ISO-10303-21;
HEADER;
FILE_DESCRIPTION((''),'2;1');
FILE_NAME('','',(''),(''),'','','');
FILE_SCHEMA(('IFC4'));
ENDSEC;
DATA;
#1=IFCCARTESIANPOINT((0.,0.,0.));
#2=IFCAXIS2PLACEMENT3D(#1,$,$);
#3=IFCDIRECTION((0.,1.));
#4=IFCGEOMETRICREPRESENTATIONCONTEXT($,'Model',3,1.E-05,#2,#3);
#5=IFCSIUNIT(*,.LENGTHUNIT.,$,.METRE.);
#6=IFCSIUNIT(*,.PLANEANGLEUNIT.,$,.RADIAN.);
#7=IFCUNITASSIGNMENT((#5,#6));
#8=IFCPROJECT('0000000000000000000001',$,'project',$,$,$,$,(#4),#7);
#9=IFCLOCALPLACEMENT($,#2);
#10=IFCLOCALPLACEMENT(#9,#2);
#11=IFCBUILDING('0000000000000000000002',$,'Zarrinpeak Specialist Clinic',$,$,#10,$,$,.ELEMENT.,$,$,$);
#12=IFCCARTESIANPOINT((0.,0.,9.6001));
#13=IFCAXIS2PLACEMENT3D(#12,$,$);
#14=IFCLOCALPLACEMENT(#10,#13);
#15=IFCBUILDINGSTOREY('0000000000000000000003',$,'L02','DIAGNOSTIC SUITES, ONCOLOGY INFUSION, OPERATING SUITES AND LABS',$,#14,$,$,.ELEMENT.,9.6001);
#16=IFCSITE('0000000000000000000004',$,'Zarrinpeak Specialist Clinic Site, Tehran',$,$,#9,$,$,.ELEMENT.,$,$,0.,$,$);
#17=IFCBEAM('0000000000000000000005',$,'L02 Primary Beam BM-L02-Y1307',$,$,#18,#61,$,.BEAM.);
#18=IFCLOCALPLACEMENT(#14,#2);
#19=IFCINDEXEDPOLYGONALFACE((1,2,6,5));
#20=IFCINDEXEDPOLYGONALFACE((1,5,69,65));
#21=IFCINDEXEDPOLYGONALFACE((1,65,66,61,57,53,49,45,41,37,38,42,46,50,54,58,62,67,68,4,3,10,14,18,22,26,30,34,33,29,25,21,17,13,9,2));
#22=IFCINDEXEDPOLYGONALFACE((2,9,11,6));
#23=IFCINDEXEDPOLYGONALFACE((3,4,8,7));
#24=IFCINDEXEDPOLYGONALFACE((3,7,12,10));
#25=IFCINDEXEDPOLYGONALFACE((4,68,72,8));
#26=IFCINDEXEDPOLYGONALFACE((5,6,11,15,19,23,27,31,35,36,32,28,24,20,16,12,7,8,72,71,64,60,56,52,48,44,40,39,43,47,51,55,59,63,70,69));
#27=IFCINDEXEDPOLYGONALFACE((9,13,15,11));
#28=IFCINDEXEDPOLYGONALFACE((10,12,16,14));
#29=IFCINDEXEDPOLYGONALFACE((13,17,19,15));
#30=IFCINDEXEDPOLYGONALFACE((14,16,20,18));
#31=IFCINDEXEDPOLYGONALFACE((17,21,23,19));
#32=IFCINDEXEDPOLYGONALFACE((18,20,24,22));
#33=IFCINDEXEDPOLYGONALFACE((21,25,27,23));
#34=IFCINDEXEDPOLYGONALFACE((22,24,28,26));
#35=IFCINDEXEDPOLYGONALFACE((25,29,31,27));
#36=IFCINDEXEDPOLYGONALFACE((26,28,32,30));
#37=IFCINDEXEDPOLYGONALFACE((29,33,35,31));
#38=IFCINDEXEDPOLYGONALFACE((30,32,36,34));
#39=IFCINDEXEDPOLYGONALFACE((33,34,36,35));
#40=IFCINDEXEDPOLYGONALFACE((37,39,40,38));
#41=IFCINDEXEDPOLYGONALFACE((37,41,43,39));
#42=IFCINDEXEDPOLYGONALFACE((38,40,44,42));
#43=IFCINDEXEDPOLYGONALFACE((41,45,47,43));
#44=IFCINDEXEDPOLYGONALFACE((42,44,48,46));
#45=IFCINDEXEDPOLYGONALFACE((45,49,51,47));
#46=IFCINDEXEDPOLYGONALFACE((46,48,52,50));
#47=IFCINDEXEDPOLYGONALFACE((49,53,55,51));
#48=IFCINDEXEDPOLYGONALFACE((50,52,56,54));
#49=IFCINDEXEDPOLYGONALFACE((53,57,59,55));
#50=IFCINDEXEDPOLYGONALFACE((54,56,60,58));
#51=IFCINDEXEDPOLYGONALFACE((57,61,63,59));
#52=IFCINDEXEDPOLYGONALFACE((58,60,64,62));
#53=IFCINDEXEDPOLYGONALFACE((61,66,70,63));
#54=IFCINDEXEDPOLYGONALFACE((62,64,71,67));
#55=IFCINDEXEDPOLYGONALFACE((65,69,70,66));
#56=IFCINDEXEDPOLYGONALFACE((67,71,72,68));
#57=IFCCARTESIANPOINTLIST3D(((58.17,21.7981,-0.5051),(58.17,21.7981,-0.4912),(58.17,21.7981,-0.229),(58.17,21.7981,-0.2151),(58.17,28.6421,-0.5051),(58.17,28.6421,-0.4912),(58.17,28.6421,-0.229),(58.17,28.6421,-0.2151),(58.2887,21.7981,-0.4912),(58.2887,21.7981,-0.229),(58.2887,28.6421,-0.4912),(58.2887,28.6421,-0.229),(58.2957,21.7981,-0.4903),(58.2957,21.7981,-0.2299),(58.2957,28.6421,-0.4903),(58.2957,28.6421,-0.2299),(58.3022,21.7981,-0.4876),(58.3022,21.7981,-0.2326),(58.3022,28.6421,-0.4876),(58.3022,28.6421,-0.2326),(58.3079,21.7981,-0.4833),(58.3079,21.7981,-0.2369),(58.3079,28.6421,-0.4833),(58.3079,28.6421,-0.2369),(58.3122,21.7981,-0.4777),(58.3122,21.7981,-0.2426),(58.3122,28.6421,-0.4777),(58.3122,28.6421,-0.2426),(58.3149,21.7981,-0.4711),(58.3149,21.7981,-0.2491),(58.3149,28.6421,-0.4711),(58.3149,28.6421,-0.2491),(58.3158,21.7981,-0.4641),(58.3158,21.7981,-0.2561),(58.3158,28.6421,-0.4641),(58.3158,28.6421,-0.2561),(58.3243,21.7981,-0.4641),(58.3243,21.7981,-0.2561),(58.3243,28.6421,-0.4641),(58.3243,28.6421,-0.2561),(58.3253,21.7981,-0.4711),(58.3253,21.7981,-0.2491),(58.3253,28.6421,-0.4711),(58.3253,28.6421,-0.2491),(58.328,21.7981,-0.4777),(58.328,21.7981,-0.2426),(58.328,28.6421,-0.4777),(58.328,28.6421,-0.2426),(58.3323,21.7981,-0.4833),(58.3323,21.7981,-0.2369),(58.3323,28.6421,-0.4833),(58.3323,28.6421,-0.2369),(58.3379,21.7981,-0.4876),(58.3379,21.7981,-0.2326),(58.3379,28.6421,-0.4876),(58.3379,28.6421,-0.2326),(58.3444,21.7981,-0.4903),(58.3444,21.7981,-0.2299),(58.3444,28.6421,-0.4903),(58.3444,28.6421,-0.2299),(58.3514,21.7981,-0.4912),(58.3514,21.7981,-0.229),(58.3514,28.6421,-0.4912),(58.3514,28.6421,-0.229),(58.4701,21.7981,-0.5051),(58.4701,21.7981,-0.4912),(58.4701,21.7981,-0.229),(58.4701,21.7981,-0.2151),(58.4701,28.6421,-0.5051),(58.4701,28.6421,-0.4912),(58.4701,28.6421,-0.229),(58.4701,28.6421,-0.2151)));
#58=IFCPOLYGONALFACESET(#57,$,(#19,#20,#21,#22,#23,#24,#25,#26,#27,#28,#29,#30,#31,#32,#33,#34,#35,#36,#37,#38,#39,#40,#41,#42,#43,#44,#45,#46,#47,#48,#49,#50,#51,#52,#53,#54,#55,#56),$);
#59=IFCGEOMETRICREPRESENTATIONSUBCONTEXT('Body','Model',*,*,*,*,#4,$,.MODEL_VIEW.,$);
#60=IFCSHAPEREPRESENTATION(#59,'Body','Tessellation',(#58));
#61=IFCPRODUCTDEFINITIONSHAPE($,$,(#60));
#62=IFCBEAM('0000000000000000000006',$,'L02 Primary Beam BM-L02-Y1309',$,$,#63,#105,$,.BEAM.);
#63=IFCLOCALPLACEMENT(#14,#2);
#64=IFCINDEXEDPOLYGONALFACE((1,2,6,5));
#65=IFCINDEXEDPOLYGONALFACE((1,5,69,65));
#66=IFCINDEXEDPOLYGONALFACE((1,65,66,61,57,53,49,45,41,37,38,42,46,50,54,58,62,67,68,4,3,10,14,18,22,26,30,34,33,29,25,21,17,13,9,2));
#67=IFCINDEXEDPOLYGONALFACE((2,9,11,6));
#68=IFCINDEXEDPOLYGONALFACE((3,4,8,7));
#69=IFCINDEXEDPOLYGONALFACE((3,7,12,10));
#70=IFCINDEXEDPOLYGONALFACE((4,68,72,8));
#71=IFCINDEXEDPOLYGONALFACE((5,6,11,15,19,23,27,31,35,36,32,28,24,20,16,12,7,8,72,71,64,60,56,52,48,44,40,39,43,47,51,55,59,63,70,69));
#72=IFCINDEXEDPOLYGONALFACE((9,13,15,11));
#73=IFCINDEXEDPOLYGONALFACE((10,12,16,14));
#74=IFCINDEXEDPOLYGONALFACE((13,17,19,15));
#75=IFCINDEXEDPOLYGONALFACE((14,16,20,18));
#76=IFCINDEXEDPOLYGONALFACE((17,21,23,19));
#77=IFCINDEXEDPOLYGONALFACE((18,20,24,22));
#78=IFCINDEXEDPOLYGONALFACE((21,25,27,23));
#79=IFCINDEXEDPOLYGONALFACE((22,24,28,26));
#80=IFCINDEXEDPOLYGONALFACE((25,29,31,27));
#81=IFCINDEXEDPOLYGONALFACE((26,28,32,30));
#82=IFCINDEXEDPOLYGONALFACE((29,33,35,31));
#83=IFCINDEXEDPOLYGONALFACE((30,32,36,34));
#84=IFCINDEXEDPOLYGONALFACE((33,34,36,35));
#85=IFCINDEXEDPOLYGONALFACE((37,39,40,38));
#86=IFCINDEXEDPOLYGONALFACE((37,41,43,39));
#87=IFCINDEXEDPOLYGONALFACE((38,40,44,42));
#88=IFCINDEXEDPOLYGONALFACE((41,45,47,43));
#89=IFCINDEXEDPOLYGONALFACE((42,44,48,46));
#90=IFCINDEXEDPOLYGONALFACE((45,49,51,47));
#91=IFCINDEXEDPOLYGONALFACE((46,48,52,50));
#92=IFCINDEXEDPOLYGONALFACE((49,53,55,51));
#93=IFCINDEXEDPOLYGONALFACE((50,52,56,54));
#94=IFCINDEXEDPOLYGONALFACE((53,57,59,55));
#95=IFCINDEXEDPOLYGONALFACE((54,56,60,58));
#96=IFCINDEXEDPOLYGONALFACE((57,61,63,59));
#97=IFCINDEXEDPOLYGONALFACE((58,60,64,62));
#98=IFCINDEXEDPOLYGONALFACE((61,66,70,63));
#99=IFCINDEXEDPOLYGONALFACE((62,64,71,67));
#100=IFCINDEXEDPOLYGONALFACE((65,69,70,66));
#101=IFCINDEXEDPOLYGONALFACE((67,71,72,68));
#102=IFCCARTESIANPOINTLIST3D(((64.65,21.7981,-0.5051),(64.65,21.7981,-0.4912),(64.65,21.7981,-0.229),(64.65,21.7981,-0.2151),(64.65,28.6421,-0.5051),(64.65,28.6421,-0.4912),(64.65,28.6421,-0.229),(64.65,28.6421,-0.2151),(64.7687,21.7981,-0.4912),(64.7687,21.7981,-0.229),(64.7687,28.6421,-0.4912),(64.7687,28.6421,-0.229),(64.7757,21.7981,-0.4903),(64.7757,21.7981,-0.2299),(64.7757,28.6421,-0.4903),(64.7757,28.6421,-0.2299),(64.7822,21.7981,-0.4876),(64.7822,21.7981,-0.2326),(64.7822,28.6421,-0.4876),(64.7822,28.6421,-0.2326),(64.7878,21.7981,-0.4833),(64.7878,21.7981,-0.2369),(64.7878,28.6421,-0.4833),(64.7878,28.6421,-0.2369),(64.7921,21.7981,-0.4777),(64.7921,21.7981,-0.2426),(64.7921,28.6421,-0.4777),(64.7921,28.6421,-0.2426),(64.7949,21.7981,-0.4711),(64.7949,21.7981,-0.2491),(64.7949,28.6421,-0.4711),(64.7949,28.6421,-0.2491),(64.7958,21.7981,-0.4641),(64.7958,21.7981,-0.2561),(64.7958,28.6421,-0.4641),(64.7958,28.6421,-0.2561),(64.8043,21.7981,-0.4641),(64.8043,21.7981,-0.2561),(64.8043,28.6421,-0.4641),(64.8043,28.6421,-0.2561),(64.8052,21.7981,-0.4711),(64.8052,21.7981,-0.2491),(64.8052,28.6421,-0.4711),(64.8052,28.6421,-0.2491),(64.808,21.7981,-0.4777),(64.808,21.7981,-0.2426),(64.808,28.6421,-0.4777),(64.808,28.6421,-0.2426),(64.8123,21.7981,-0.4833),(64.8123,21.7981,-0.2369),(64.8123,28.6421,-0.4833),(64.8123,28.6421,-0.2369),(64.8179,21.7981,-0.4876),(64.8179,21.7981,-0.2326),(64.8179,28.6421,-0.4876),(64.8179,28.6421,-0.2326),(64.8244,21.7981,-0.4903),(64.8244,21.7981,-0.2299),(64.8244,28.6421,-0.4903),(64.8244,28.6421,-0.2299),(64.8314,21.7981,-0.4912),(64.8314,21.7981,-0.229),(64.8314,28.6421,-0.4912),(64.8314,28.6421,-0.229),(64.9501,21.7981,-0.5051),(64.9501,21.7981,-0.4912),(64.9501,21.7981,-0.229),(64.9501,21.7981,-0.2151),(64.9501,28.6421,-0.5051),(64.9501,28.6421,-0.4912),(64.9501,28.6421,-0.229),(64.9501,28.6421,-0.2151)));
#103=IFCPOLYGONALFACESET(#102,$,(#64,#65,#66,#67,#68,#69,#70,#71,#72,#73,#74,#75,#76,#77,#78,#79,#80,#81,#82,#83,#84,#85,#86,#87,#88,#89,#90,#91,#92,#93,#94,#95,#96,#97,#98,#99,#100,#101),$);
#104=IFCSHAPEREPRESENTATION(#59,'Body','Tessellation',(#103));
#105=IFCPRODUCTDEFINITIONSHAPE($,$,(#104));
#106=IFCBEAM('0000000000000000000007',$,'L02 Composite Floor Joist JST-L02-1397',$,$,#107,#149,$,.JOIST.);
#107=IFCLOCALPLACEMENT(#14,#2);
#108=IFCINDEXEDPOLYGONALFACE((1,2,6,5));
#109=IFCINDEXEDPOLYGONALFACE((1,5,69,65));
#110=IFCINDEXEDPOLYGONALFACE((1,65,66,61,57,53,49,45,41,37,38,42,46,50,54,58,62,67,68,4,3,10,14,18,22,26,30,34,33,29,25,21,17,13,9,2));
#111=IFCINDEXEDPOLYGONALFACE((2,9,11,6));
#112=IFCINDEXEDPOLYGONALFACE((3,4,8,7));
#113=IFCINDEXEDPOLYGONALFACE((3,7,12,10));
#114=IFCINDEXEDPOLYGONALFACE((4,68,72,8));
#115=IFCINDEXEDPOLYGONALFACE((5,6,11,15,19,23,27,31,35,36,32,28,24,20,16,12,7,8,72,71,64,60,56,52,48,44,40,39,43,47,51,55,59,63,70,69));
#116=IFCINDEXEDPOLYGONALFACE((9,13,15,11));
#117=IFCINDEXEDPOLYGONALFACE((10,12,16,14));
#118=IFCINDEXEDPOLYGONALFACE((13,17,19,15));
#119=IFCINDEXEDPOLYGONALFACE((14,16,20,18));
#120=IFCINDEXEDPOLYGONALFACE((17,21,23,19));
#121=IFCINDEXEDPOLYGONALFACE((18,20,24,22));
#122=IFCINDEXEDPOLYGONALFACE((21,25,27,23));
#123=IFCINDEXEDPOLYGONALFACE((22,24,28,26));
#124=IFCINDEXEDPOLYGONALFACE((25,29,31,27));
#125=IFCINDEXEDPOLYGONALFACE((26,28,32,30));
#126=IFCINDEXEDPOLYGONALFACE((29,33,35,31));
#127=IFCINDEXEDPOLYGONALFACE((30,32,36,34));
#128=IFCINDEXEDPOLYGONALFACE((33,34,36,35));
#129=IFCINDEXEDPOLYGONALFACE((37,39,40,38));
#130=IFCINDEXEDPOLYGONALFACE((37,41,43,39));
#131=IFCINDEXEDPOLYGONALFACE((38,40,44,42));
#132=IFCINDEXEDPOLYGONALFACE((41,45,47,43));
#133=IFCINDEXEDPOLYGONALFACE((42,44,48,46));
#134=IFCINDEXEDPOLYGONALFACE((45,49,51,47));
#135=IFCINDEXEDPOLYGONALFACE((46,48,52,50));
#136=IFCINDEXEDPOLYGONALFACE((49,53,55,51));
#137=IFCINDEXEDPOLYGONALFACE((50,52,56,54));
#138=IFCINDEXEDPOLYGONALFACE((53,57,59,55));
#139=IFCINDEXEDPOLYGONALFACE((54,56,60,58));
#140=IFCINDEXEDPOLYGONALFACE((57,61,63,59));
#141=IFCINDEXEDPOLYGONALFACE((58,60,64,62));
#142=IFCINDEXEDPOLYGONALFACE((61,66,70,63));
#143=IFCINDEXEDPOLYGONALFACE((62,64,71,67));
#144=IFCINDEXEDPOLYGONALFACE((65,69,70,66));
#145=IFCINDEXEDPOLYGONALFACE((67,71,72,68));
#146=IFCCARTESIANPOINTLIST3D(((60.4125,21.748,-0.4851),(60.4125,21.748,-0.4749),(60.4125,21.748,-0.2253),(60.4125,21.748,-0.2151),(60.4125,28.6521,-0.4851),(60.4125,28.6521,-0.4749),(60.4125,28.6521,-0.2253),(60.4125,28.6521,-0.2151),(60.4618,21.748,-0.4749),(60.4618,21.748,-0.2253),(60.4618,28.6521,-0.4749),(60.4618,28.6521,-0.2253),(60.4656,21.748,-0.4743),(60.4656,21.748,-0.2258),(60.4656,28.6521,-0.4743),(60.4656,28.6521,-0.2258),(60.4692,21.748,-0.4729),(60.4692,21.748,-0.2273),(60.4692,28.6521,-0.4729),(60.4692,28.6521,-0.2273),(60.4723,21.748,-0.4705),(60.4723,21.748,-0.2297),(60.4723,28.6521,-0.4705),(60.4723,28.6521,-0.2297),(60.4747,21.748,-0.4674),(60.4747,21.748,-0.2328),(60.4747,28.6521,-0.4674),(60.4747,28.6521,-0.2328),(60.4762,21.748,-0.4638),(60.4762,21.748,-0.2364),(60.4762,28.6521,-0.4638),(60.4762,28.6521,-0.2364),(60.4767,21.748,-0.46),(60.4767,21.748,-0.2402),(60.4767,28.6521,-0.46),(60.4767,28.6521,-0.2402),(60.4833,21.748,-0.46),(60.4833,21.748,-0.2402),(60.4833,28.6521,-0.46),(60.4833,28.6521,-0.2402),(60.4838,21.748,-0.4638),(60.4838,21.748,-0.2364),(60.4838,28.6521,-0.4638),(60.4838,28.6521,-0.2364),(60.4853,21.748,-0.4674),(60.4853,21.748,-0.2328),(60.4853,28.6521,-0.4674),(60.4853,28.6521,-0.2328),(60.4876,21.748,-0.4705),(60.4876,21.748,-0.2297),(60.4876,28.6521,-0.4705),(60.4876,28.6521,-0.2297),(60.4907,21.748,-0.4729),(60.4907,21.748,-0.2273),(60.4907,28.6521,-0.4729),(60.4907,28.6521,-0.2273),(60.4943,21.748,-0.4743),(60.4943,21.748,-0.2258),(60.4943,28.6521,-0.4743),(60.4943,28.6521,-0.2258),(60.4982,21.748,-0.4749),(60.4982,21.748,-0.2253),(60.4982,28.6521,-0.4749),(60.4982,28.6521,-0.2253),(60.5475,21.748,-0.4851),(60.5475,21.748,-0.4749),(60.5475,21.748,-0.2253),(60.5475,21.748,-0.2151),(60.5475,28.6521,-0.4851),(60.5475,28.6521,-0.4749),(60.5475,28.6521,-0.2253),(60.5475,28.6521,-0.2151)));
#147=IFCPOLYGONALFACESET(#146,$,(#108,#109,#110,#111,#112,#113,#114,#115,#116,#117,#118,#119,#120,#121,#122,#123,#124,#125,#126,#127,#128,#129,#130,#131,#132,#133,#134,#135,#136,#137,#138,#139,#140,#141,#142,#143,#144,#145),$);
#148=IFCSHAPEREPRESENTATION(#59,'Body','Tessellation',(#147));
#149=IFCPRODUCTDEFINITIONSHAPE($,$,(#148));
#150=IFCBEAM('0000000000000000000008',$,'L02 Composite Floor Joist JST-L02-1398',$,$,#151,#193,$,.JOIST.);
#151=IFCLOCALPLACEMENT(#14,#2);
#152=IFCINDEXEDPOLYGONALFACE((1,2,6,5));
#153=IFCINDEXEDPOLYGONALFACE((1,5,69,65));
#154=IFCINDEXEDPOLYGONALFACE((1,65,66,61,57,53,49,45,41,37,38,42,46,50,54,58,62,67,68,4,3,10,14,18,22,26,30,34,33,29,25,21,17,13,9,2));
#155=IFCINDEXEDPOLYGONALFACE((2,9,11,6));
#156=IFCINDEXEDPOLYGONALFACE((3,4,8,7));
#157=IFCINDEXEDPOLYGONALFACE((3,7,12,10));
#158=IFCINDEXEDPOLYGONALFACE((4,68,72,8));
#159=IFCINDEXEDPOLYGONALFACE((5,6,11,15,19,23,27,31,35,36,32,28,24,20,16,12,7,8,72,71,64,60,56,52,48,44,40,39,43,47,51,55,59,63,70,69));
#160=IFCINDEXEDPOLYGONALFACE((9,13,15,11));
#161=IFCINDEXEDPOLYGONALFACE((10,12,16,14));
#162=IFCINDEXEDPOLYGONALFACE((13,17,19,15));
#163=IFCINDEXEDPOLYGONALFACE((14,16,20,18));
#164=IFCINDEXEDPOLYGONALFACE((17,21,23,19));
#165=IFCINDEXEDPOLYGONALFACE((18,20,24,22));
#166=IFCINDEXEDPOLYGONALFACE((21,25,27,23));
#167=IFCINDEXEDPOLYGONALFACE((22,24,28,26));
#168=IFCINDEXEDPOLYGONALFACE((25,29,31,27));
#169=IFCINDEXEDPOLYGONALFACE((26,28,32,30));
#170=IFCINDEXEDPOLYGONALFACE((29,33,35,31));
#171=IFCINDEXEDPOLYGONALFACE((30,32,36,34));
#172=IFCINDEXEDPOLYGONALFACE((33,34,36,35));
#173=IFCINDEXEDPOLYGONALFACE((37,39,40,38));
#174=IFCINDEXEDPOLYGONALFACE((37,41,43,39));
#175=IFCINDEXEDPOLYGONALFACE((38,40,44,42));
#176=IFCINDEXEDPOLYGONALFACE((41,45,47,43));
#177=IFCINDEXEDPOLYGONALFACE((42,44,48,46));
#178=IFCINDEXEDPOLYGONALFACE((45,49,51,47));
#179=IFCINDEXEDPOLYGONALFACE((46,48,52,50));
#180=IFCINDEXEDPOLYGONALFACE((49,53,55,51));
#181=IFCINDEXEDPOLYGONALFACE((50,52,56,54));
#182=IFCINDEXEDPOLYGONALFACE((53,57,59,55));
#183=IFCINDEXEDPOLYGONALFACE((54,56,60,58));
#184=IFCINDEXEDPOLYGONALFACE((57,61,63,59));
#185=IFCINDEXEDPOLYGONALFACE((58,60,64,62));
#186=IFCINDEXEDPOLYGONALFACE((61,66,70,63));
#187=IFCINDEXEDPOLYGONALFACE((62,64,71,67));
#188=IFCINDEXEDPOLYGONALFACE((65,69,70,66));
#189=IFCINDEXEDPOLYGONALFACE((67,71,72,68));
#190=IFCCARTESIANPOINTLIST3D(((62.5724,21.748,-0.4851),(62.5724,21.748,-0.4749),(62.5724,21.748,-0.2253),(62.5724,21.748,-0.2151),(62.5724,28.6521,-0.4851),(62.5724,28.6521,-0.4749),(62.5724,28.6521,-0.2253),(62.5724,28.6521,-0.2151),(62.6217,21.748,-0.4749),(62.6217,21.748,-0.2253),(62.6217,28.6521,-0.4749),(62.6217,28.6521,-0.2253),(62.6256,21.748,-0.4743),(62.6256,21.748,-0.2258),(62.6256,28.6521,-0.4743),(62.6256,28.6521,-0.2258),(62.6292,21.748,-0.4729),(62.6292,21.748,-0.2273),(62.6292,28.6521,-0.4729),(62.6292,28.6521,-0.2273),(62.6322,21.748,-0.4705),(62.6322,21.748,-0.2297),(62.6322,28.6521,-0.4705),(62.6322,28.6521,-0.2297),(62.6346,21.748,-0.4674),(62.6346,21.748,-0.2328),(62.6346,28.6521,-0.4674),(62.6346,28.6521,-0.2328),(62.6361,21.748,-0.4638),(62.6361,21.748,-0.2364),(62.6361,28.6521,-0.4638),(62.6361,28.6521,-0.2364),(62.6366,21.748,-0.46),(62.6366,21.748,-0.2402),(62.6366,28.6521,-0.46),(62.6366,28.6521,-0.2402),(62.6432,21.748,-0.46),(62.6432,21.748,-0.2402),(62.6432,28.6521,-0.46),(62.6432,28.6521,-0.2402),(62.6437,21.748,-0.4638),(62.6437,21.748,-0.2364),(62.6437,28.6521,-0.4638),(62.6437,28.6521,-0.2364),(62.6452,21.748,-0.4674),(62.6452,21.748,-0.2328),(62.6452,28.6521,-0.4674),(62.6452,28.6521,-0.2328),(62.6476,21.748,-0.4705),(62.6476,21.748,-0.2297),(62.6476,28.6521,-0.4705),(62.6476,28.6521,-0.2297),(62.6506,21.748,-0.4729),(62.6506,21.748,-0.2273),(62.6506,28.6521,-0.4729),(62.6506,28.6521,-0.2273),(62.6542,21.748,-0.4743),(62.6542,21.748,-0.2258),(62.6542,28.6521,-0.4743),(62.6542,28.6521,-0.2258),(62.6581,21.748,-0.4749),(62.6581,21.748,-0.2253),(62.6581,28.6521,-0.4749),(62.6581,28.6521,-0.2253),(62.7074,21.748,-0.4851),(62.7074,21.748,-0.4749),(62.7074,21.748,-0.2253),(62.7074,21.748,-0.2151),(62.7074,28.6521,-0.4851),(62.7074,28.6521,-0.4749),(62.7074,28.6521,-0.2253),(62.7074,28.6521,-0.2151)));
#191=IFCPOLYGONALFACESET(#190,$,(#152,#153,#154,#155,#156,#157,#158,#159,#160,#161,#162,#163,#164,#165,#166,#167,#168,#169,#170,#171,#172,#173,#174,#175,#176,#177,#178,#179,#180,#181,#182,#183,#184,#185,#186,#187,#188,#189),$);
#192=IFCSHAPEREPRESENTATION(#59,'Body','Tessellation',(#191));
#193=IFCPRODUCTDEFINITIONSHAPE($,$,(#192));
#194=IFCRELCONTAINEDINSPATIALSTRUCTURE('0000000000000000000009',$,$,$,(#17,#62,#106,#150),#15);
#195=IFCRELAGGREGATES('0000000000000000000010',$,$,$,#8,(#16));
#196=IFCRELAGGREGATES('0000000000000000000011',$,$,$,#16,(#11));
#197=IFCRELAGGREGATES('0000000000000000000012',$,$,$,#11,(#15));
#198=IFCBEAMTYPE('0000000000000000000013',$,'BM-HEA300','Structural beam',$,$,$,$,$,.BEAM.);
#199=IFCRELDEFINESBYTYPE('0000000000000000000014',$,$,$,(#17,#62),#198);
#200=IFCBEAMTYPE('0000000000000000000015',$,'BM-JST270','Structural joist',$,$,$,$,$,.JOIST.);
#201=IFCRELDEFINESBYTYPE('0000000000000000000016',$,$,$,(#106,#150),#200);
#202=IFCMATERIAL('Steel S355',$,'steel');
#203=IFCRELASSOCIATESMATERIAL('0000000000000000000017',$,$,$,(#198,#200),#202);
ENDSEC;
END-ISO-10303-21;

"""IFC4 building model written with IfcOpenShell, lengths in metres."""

from ifc_helpers import new_model, si_unit, direction, frame, origin, origin_2d, place, context, subcontext, project, spatial, i_section, extrude, material, material_profile, profile_set, type_object, element, save


model = new_model("IFC4")

# Units and contexts
model_context = context("Model", 3, precision=1e-05, world=origin(), true_north=direction((0.0, 1.0)))
body_context = subcontext(model_context, "Body", "Model", "MODEL_VIEW")
ifc_project = project(units=[si_unit("LENGTHUNIT", "METRE"), si_unit("PLANEANGLEUNIT", "RADIAN")], contexts=[model_context])

# Site, building, storey
site_placement = place(None, origin())
site = spatial("IfcSite", under=ifc_project, at=site_placement, Name="Zarrinpeak Specialist Clinic Site, Tehran", CompositionType="ELEMENT", RefElevation=0.0)
building_placement = place(site_placement, origin())
building = spatial("IfcBuilding", under=site, at=building_placement, Name="Zarrinpeak Specialist Clinic", CompositionType="ELEMENT")
storey_placement = place(building_placement, frame((0.0, 0.0, 9.6001)))
storey = spatial("IfcBuildingStorey", under=building, at=storey_placement, Name="L02", Description="DIAGNOSTIC SUITES, ONCOLOGY INFUSION, OPERATING SUITES AND LABS", CompositionType="ELEMENT", Elevation=9.6001)

# Shared definitions
ifc_material_1 = material(Name="Steel S355", Category="steel")

# Beams
ifc_material_profile_1 = material_profile(ifc_material_1, i_section(OverallWidth=0.3, OverallDepth=0.29, WebThickness=0.0085, FlangeThickness=0.0139, FilletRadius=0.0271, at=origin_2d()), Name="HEA 300")
ifc_profile_set_1 = profile_set([ifc_material_profile_1], Name="Steel S355")
beam_type_1 = type_object("IfcBeamType", Name="BM-HEA300", Description="Structural beam", PredefinedType="BEAM", material=ifc_profile_set_1)
for number, where, z_axis, x_axis, name in (
    (1, (58.3201, 21.7981, -0.3601), (0.0, 1.0, 0.0), (-1.0, 0.0, 0.0), "L02 Primary Beam BM-L02-Y1307"),
    (2, (64.8, 21.7981, -0.3601), (0.0, 1.0, 0.0), (-1.0, 0.0, 0.0), "L02 Primary Beam BM-L02-Y1309"),
):
    element("IfcBeam", number, at=place(storey_placement, frame(where, z_axis=z_axis, x_axis=x_axis)), inside=storey, type_object=beam_type_1, Name=name, PredefinedType="BEAM", context=body_context, shape_type="SweptSolid", body=[
        extrude(i_section(OverallWidth=0.3, OverallDepth=0.29, WebThickness=0.0085, FlangeThickness=0.0139, FilletRadius=0.0271, at=origin_2d()), origin(), (0.0, 0.0, 1.0), 6.844),
    ])
ifc_material_profile_2 = material_profile(ifc_material_1, i_section(OverallWidth=0.135, OverallDepth=0.27, WebThickness=0.0066, FlangeThickness=0.0103, FilletRadius=0.0149, at=origin_2d()), Name="IPE 270")
ifc_profile_set_2 = profile_set([ifc_material_profile_2], Name="Steel S355")
beam_type_2 = type_object("IfcBeamType", Name="BM-JST270", Description="Structural joist", PredefinedType="JOIST", material=ifc_profile_set_2)
for number, where, z_axis, x_axis, name in (
    (3, (60.48, 21.748, -0.3501), (0.0, 1.0, 0.0), (-1.0, 0.0, 0.0), "L02 Composite Floor Joist JST-L02-1397"),
    (4, (62.6399, 21.748, -0.3501), (0.0, 1.0, 0.0), (-1.0, 0.0, 0.0), "L02 Composite Floor Joist JST-L02-1398"),
):
    element("IfcBeam", number, at=place(storey_placement, frame(where, z_axis=z_axis, x_axis=x_axis)), inside=storey, type_object=beam_type_2, Name=name, PredefinedType="JOIST", context=body_context, shape_type="SweptSolid", body=[
        extrude(i_section(OverallWidth=0.135, OverallDepth=0.27, WebThickness=0.0066, FlangeThickness=0.0103, FilletRadius=0.0149, at=origin_2d()), origin(), (0.0, 0.0, 1.0), 6.9041),
    ])

save(model, "model.ifc")
